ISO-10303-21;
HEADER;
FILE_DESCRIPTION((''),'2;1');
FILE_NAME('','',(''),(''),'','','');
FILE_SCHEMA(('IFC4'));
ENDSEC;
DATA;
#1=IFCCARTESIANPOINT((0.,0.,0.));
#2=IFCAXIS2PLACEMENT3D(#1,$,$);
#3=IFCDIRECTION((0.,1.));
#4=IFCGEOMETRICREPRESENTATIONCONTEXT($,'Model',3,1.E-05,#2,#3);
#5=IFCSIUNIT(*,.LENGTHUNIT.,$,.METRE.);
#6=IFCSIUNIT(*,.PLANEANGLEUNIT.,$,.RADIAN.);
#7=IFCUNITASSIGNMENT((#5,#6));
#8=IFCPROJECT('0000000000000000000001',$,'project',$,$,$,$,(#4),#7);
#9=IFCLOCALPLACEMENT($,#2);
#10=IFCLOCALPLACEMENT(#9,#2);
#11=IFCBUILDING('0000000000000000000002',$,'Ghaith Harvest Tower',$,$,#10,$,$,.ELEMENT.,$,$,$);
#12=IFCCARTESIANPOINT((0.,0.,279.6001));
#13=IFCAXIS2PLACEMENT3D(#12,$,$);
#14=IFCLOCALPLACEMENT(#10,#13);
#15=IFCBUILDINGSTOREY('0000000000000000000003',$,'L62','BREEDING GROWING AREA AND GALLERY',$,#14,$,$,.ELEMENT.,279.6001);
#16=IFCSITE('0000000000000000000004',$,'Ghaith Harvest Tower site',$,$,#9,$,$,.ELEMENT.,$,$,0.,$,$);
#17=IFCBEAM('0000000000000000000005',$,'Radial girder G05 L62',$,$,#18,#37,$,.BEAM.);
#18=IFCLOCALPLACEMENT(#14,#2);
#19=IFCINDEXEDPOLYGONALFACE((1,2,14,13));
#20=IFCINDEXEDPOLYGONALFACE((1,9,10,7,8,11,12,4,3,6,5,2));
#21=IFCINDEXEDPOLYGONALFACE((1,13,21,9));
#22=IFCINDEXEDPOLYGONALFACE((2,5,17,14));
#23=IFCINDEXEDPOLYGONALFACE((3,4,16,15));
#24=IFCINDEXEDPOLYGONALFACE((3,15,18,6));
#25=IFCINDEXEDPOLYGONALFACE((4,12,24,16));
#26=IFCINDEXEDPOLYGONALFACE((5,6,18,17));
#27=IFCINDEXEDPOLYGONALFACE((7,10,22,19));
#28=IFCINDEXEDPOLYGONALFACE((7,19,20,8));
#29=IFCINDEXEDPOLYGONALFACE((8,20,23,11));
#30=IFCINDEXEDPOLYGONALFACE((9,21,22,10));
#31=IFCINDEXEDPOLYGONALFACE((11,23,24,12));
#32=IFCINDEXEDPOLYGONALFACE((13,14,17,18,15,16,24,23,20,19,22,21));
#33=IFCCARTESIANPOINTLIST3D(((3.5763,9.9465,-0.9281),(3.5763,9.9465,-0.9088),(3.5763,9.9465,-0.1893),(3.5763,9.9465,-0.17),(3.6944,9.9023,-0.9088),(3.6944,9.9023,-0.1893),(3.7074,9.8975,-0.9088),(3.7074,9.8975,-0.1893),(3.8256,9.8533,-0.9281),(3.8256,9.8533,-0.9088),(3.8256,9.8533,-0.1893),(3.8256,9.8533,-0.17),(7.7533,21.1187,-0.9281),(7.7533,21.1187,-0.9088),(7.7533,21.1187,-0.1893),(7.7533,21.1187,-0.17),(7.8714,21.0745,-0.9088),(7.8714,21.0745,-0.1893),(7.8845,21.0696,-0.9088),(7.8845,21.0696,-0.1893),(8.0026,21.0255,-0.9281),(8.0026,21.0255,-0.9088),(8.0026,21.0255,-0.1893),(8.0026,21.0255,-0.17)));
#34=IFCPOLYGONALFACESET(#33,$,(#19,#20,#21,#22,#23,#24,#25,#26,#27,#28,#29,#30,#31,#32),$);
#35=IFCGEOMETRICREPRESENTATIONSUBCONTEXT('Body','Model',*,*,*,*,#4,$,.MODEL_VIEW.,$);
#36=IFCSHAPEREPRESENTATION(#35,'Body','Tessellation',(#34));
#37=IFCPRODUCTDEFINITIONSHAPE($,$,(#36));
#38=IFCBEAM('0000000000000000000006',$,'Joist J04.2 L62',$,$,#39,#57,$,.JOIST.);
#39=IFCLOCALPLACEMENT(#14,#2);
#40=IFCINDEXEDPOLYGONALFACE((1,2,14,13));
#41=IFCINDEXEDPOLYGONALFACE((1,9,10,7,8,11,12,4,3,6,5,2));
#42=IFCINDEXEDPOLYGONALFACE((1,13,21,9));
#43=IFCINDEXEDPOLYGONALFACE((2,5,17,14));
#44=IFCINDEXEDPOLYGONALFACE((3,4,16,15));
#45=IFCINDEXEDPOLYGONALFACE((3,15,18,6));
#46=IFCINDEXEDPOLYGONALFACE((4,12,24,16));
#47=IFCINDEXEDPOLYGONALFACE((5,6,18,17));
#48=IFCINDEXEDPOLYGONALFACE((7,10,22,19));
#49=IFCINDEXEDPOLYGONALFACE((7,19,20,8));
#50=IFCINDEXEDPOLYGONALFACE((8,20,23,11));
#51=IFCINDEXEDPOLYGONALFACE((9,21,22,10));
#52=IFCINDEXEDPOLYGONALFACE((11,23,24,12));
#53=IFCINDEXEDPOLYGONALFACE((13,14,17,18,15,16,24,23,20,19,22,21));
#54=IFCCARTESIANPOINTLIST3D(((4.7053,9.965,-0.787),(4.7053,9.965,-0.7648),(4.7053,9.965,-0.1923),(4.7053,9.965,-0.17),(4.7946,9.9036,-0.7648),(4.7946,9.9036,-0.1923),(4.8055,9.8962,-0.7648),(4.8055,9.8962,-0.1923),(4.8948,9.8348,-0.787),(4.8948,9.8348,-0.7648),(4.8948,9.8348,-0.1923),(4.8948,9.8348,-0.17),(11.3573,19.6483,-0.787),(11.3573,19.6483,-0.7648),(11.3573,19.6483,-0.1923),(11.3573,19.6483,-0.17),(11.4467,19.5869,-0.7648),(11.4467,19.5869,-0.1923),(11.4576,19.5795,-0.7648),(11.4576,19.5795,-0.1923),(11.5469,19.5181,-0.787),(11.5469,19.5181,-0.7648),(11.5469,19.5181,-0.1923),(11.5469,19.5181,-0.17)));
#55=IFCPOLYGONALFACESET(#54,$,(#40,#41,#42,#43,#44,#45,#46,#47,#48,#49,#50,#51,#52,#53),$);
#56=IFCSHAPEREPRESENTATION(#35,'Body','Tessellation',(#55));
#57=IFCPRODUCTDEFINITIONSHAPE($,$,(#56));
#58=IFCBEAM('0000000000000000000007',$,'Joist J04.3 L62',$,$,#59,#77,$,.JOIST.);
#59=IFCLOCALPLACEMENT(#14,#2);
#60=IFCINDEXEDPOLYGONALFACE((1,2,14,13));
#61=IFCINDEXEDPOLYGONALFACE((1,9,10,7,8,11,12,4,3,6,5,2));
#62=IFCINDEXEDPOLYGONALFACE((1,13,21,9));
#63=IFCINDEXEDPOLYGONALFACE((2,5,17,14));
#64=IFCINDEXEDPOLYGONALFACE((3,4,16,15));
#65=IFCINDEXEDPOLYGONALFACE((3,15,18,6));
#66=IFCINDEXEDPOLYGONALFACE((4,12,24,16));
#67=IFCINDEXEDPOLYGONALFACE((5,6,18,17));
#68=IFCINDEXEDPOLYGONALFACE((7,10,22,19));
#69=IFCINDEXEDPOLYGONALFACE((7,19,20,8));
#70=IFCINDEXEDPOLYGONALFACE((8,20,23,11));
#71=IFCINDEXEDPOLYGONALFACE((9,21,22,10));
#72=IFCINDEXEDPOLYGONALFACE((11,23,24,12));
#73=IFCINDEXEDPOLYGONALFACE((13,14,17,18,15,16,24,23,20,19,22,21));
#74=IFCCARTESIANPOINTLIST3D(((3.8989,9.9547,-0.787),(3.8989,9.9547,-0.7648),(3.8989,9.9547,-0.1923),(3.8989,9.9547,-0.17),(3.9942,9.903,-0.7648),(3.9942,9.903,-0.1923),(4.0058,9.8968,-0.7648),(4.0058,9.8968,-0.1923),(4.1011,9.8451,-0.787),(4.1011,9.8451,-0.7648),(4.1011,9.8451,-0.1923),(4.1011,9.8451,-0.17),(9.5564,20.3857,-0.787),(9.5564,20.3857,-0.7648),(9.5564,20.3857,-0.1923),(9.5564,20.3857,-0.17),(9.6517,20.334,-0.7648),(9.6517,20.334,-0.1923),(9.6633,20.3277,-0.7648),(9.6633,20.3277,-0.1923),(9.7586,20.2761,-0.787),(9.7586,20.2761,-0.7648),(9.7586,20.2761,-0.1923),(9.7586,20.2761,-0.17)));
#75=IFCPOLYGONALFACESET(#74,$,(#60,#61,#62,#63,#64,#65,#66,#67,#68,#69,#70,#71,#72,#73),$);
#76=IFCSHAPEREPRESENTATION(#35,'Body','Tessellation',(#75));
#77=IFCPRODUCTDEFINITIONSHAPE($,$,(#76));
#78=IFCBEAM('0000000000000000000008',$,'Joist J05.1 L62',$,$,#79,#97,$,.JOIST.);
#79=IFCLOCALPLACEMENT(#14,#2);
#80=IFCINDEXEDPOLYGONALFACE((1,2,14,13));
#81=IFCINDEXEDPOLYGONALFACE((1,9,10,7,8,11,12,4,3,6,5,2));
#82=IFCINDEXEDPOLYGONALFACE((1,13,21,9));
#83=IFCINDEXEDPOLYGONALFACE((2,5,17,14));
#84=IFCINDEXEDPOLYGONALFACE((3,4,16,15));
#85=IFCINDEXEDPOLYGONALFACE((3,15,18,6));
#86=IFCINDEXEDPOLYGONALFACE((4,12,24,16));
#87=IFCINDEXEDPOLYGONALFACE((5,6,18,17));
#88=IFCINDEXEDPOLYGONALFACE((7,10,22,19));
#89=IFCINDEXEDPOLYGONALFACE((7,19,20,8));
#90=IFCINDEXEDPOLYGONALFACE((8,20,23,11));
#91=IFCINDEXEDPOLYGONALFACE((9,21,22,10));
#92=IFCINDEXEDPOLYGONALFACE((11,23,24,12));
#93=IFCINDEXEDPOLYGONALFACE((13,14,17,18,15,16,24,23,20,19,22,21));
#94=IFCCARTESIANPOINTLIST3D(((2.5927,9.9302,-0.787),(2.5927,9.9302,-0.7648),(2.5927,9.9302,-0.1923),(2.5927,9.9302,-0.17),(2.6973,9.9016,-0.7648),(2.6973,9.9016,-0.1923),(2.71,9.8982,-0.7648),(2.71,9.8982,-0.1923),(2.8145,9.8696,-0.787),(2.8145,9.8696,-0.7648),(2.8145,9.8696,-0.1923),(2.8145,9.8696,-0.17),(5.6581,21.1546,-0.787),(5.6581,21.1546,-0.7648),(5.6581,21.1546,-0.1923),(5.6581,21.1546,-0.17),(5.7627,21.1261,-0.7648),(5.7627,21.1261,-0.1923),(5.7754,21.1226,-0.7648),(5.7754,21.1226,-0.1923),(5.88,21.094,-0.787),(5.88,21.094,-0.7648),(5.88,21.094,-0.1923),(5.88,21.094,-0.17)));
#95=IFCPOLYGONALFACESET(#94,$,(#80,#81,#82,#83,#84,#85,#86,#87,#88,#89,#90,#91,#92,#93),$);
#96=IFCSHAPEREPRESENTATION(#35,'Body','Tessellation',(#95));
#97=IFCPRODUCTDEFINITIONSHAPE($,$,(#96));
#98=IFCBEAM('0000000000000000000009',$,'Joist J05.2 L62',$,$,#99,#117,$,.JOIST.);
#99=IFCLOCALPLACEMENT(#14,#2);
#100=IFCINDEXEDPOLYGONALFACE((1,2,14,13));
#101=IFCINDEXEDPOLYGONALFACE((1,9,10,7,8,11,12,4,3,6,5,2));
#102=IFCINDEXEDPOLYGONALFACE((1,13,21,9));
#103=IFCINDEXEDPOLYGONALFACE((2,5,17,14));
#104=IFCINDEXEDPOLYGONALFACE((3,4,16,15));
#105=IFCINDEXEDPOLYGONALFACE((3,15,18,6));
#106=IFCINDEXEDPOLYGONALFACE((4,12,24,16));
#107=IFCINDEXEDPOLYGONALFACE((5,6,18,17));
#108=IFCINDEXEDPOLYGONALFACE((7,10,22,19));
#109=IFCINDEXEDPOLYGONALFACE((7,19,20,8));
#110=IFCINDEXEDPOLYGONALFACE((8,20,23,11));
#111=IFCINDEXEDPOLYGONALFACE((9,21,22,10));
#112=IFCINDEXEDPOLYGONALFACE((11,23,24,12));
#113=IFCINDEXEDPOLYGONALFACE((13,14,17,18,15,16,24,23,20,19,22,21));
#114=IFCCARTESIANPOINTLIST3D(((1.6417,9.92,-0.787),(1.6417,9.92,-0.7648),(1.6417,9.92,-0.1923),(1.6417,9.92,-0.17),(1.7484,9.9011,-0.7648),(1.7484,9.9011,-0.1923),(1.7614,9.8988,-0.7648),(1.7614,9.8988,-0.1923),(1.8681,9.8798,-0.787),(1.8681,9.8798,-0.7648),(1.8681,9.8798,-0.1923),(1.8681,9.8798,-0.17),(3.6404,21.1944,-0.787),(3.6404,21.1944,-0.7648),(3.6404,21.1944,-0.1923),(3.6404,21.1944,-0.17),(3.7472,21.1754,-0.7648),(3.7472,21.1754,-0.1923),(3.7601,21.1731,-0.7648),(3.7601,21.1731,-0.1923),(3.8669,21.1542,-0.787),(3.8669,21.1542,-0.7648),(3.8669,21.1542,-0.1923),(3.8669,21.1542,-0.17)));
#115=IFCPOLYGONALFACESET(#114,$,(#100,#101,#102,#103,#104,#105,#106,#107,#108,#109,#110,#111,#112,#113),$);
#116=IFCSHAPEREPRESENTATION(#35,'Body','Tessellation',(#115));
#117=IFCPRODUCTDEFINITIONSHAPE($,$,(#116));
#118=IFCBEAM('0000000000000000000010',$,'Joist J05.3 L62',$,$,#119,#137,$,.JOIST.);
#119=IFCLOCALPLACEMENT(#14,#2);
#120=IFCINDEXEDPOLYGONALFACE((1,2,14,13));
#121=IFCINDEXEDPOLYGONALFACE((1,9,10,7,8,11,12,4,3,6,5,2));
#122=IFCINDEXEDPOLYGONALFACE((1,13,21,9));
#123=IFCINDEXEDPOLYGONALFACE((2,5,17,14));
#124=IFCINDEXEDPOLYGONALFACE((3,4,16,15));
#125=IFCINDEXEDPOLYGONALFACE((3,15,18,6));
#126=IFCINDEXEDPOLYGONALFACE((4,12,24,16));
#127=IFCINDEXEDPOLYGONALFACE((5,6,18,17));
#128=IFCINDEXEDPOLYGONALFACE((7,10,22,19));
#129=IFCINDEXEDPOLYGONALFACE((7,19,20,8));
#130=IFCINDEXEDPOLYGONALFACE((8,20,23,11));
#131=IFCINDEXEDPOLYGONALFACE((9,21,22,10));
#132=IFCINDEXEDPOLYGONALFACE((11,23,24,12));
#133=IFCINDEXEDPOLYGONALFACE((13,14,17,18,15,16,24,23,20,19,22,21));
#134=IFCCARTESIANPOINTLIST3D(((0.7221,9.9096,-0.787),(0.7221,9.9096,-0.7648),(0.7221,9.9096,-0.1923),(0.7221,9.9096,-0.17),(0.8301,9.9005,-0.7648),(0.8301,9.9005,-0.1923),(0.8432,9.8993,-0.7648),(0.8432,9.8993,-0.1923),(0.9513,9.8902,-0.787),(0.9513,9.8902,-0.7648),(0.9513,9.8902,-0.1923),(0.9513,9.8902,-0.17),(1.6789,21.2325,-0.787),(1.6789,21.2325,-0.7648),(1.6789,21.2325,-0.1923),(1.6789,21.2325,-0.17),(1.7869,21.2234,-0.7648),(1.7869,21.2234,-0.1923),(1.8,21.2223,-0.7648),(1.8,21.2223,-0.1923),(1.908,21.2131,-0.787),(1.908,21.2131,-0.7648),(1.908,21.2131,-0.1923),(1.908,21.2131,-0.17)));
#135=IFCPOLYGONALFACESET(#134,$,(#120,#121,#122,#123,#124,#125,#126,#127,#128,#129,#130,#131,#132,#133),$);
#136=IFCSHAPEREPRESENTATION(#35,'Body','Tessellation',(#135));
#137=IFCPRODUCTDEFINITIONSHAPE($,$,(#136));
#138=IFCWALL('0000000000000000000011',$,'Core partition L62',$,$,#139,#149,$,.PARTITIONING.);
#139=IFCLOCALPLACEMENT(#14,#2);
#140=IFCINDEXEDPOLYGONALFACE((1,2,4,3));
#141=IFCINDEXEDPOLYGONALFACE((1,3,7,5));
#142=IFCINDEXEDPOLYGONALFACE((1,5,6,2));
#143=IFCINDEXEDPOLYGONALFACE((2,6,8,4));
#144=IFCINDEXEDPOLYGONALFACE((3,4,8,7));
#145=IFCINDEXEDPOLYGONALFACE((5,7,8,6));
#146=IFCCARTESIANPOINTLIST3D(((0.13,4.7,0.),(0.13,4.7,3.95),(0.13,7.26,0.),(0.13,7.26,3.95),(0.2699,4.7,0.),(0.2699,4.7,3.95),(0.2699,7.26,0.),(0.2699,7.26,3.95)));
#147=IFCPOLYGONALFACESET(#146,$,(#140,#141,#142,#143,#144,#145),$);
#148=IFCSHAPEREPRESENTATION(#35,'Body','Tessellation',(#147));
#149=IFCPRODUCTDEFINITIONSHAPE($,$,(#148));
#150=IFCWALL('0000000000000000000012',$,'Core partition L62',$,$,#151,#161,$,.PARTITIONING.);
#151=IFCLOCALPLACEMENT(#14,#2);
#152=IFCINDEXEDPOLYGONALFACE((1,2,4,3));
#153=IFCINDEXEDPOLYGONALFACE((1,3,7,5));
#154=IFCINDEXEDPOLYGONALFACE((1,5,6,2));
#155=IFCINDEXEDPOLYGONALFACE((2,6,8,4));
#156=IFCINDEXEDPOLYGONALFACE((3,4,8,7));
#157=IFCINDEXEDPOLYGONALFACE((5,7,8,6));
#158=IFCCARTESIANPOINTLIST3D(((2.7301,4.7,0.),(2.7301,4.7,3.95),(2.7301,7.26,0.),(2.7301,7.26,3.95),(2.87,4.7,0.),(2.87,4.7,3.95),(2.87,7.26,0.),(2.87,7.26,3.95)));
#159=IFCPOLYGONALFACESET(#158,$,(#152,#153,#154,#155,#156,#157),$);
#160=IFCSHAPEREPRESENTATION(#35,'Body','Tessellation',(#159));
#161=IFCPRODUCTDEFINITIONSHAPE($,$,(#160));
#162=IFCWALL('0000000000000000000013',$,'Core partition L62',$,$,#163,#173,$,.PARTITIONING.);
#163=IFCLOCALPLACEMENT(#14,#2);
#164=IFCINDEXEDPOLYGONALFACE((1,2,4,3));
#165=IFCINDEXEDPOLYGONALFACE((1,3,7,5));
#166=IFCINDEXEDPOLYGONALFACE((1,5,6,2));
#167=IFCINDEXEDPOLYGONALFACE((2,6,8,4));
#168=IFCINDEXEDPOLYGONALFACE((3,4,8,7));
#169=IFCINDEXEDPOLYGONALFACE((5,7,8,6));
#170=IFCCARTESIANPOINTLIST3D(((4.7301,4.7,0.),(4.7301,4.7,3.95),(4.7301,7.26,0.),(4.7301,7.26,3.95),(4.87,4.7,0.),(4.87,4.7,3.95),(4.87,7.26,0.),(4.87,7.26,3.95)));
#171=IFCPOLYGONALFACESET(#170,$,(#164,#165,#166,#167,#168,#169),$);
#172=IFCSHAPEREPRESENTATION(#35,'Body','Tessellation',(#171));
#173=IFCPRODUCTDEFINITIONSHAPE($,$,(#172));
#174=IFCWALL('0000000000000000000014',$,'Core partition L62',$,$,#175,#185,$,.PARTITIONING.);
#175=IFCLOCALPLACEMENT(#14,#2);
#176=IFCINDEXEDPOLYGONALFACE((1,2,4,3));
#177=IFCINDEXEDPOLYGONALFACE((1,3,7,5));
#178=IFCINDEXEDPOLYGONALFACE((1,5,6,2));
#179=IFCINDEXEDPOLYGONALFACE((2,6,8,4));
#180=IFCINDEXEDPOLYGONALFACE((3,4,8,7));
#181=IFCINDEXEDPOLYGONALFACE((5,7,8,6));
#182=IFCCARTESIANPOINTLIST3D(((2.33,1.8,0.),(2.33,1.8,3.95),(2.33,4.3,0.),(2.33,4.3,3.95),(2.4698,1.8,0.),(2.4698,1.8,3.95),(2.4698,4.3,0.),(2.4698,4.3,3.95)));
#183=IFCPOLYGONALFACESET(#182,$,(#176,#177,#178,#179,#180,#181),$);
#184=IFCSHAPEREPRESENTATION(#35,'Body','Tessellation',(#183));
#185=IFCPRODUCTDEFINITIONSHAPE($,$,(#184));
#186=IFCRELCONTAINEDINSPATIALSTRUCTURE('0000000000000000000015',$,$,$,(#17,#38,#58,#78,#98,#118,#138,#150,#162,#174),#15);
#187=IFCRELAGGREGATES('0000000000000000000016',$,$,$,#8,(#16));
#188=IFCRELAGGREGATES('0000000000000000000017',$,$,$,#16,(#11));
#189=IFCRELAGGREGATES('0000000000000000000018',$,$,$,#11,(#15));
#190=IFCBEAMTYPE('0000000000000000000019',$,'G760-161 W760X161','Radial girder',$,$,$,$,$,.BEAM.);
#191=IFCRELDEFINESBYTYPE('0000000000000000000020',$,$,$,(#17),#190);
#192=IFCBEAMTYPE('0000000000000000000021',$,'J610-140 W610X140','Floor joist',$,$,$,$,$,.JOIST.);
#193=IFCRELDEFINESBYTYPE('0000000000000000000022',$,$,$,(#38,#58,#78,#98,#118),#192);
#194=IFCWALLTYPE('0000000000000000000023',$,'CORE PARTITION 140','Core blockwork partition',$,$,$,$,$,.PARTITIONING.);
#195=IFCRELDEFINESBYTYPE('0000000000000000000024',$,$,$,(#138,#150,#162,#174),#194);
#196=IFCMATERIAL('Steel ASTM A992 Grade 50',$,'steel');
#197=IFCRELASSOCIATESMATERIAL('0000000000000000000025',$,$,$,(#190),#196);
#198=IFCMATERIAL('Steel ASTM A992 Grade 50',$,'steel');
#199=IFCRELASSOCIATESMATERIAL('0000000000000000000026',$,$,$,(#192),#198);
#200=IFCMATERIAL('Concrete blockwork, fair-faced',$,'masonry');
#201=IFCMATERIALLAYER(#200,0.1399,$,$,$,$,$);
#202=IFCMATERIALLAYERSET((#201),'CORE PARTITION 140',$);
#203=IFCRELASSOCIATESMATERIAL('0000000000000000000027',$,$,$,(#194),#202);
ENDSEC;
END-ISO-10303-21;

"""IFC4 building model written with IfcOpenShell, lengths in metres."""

from ifc_helpers import new_model, si_unit, direction, frame, frame_2d, origin, origin_2d, place, context, subcontext, project, spatial, rectangle, i_section, extrude, material, layer, layer_set, material_profile, profile_set, type_object, element, save


model = new_model("IFC4")

# Units and contexts
model_context = context("Model", 3, precision=1e-05, world=origin(), true_north=direction((0.0, 1.0)))
body_context = subcontext(model_context, "Body", "Model", "MODEL_VIEW")
ifc_project = project(units=[si_unit("LENGTHUNIT", "METRE"), si_unit("PLANEANGLEUNIT", "RADIAN")], contexts=[model_context])

# Site, building, storey
site_placement = place(None, origin())
site = spatial("IfcSite", under=ifc_project, at=site_placement, Name="Ghaith Harvest Tower site", CompositionType="ELEMENT", RefElevation=0.0)
building_placement = place(site_placement, origin())
building = spatial("IfcBuilding", under=site, at=building_placement, Name="Ghaith Harvest Tower", CompositionType="ELEMENT")
storey_placement = place(building_placement, frame((0.0, 0.0, 279.6001)))
storey = spatial("IfcBuildingStorey", under=building, at=storey_placement, Name="L62", Description="BREEDING GROWING AREA AND GALLERY", CompositionType="ELEMENT", Elevation=279.6001)

# Beams
ifc_material_1 = material(Name="Steel ASTM A992 Grade 50", Category="steel")
ifc_material_profile_1 = material_profile(ifc_material_1, i_section(OverallWidth=0.2661, OverallDepth=0.7581, WebThickness=0.0139, FlangeThickness=0.0193, at=origin_2d()), Name="W760X161")
ifc_profile_set_1 = profile_set([ifc_material_profile_1], Name="Steel ASTM A992 Grade 50")
beam_type_1 = type_object("IfcBeamType", Name="G760-161 W760X161", Description="Radial girder", PredefinedType="BEAM", material=ifc_profile_set_1)
beam_1_placement = place(storey_placement, frame((3.7009, 9.8999, -0.5491), z_axis=(0.350201, 0.936674, 0.0), x_axis=(-0.936674, 0.350201, 0.0)))
element("IfcBeam", 1, at=beam_1_placement, inside=storey, type_object=beam_type_1, Name="Radial girder G05 L62", PredefinedType="BEAM", context=body_context, shape_type="SweptSolid", body=[
    extrude(i_section(OverallWidth=0.2661, OverallDepth=0.7581, WebThickness=0.0139, FlangeThickness=0.0193, at=origin_2d()), origin(), (0.0, 0.0, 1.0), 11.9275),
])
ifc_material_2 = material(Name="Steel ASTM A992 Grade 50", Category="steel")
ifc_material_profile_2 = material_profile(ifc_material_2, i_section(OverallWidth=0.23, OverallDepth=0.6169, WebThickness=0.0132, FlangeThickness=0.0222, at=origin_2d()), Name="W610X140")
ifc_profile_set_2 = profile_set([ifc_material_profile_2], Name="Steel ASTM A992 Grade 50")
beam_type_2 = type_object("IfcBeamType", Name="J610-140 W610X140", Description="Floor joist", PredefinedType="JOIST", material=ifc_profile_set_2)
beam_2_placement = place(storey_placement, frame((4.8, 9.8999, -0.4785), z_axis=(0.566228, 0.824249, 0.0), x_axis=(-0.824249, 0.566228, 0.0)))
element("IfcBeam", 2, at=beam_2_placement, inside=storey, type_object=beam_type_2, Name="Joist J04.2 L62", PredefinedType="JOIST", context=body_context, shape_type="SweptSolid", body=[
    extrude(i_section(OverallWidth=0.23, OverallDepth=0.6169, WebThickness=0.0132, FlangeThickness=0.0222, at=origin_2d()), origin(), (0.0, 0.0, 1.0), 11.748),
])
beam_3_placement = place(storey_placement, frame((4.0, 9.8999, -0.4785), z_axis=(0.476765, 0.879031, 0.0), x_axis=(-0.879031, 0.476765, 0.0)))
element("IfcBeam", 3, at=beam_3_placement, inside=storey, type_object=beam_type_2, Name="Joist J04.3 L62", PredefinedType="JOIST", context=body_context, shape_type="SweptSolid", body=[
    extrude(i_section(OverallWidth=0.23, OverallDepth=0.6169, WebThickness=0.0132, FlangeThickness=0.0222, at=origin_2d()), origin(), (0.0, 0.0, 1.0), 11.8665),
])
beam_4_placement = place(storey_placement, frame((2.7036, 9.8999, -0.4785), z_axis=(0.263456, 0.964671, 0.0), x_axis=(-0.964671, 0.263456, 0.0)))
element("IfcBeam", 4, at=beam_4_placement, inside=storey, type_object=beam_type_2, Name="Joist J05.1 L62", PredefinedType="JOIST", context=body_context, shape_type="SweptSolid", body=[
    extrude(i_section(OverallWidth=0.23, OverallDepth=0.6169, WebThickness=0.0132, FlangeThickness=0.0222, at=origin_2d()), origin(), (0.0, 0.0, 1.0), 11.6355),
])
beam_5_placement = place(storey_placement, frame((1.7549, 9.8999, -0.4785), z_axis=(0.174563, 0.984646, 0.0), x_axis=(-0.984646, 0.174563, 0.0)))
element("IfcBeam", 5, at=beam_5_placement, inside=storey, type_object=beam_type_2, Name="Joist J05.2 L62", PredefinedType="JOIST", context=body_context, shape_type="SweptSolid", body=[
    extrude(i_section(OverallWidth=0.23, OverallDepth=0.6169, WebThickness=0.0132, FlangeThickness=0.0222, at=origin_2d()), origin(), (0.0, 0.0, 1.0), 11.4502),
])
beam_6_placement = place(storey_placement, frame((0.8367, 9.8999, -0.4785), z_axis=(0.084199, 0.996449, 0.0), x_axis=(-0.996449, 0.084199, 0.0)))
element("IfcBeam", 6, at=beam_6_placement, inside=storey, type_object=beam_type_2, Name="Joist J05.3 L62", PredefinedType="JOIST", context=body_context, shape_type="SweptSolid", body=[
    extrude(i_section(OverallWidth=0.23, OverallDepth=0.6169, WebThickness=0.0132, FlangeThickness=0.0222, at=origin_2d()), origin(), (0.0, 0.0, 1.0), 11.3633),
])

# Walls
ifc_material_3 = material(Name="Concrete blockwork, fair-faced", Category="masonry")
ifc_layer_1 = layer(ifc_material_3, 0.1399)
ifc_layer_set_1 = layer_set([ifc_layer_1], Name="CORE PARTITION 140")
wall_type_1 = type_object("IfcWallType", Name="CORE PARTITION 140", Description="Core blockwork partition", PredefinedType="PARTITIONING", material=ifc_layer_set_1)
for number, where, z_axis, x_axis, name in (
    (7, (0.2, 4.7, 0.0), (0.0, 0.0, 1.0), (0.0, 1.0, 0.0), "Core partition L62"),
    (8, (2.8, 4.7, 0.0), (0.0, 0.0, 1.0), (0.0, 1.0, 0.0), "Core partition L62"),
    (9, (4.8, 4.7, 0.0), (0.0, 0.0, 1.0), (0.0, 1.0, 0.0), "Core partition L62"),
):
    element("IfcWall", number, at=place(storey_placement, frame(where, z_axis=z_axis, x_axis=x_axis)), inside=storey, type_object=wall_type_1, Name=name, PredefinedType="PARTITIONING", context=body_context, shape_type="SweptSolid", body=[
        extrude(rectangle(XDim=2.5601, YDim=0.1399, at=frame_2d((1.28, 0.0))), origin(), (0.0, 0.0, 1.0), 3.95),
    ])
wall_1_placement = place(storey_placement, frame((2.3999, 1.8, 0.0), z_axis=(0.0, 0.0, 1.0), x_axis=(0.0, 1.0, 0.0)))
element("IfcWall", 10, at=wall_1_placement, inside=storey, type_object=wall_type_1, Name="Core partition L62", PredefinedType="PARTITIONING", context=body_context, shape_type="SweptSolid", body=[
    extrude(rectangle(XDim=2.5, YDim=0.1399, at=frame_2d((1.25, 0.0))), origin(), (0.0, 0.0, 1.0), 3.95),
])

save(model, "model.ifc")
